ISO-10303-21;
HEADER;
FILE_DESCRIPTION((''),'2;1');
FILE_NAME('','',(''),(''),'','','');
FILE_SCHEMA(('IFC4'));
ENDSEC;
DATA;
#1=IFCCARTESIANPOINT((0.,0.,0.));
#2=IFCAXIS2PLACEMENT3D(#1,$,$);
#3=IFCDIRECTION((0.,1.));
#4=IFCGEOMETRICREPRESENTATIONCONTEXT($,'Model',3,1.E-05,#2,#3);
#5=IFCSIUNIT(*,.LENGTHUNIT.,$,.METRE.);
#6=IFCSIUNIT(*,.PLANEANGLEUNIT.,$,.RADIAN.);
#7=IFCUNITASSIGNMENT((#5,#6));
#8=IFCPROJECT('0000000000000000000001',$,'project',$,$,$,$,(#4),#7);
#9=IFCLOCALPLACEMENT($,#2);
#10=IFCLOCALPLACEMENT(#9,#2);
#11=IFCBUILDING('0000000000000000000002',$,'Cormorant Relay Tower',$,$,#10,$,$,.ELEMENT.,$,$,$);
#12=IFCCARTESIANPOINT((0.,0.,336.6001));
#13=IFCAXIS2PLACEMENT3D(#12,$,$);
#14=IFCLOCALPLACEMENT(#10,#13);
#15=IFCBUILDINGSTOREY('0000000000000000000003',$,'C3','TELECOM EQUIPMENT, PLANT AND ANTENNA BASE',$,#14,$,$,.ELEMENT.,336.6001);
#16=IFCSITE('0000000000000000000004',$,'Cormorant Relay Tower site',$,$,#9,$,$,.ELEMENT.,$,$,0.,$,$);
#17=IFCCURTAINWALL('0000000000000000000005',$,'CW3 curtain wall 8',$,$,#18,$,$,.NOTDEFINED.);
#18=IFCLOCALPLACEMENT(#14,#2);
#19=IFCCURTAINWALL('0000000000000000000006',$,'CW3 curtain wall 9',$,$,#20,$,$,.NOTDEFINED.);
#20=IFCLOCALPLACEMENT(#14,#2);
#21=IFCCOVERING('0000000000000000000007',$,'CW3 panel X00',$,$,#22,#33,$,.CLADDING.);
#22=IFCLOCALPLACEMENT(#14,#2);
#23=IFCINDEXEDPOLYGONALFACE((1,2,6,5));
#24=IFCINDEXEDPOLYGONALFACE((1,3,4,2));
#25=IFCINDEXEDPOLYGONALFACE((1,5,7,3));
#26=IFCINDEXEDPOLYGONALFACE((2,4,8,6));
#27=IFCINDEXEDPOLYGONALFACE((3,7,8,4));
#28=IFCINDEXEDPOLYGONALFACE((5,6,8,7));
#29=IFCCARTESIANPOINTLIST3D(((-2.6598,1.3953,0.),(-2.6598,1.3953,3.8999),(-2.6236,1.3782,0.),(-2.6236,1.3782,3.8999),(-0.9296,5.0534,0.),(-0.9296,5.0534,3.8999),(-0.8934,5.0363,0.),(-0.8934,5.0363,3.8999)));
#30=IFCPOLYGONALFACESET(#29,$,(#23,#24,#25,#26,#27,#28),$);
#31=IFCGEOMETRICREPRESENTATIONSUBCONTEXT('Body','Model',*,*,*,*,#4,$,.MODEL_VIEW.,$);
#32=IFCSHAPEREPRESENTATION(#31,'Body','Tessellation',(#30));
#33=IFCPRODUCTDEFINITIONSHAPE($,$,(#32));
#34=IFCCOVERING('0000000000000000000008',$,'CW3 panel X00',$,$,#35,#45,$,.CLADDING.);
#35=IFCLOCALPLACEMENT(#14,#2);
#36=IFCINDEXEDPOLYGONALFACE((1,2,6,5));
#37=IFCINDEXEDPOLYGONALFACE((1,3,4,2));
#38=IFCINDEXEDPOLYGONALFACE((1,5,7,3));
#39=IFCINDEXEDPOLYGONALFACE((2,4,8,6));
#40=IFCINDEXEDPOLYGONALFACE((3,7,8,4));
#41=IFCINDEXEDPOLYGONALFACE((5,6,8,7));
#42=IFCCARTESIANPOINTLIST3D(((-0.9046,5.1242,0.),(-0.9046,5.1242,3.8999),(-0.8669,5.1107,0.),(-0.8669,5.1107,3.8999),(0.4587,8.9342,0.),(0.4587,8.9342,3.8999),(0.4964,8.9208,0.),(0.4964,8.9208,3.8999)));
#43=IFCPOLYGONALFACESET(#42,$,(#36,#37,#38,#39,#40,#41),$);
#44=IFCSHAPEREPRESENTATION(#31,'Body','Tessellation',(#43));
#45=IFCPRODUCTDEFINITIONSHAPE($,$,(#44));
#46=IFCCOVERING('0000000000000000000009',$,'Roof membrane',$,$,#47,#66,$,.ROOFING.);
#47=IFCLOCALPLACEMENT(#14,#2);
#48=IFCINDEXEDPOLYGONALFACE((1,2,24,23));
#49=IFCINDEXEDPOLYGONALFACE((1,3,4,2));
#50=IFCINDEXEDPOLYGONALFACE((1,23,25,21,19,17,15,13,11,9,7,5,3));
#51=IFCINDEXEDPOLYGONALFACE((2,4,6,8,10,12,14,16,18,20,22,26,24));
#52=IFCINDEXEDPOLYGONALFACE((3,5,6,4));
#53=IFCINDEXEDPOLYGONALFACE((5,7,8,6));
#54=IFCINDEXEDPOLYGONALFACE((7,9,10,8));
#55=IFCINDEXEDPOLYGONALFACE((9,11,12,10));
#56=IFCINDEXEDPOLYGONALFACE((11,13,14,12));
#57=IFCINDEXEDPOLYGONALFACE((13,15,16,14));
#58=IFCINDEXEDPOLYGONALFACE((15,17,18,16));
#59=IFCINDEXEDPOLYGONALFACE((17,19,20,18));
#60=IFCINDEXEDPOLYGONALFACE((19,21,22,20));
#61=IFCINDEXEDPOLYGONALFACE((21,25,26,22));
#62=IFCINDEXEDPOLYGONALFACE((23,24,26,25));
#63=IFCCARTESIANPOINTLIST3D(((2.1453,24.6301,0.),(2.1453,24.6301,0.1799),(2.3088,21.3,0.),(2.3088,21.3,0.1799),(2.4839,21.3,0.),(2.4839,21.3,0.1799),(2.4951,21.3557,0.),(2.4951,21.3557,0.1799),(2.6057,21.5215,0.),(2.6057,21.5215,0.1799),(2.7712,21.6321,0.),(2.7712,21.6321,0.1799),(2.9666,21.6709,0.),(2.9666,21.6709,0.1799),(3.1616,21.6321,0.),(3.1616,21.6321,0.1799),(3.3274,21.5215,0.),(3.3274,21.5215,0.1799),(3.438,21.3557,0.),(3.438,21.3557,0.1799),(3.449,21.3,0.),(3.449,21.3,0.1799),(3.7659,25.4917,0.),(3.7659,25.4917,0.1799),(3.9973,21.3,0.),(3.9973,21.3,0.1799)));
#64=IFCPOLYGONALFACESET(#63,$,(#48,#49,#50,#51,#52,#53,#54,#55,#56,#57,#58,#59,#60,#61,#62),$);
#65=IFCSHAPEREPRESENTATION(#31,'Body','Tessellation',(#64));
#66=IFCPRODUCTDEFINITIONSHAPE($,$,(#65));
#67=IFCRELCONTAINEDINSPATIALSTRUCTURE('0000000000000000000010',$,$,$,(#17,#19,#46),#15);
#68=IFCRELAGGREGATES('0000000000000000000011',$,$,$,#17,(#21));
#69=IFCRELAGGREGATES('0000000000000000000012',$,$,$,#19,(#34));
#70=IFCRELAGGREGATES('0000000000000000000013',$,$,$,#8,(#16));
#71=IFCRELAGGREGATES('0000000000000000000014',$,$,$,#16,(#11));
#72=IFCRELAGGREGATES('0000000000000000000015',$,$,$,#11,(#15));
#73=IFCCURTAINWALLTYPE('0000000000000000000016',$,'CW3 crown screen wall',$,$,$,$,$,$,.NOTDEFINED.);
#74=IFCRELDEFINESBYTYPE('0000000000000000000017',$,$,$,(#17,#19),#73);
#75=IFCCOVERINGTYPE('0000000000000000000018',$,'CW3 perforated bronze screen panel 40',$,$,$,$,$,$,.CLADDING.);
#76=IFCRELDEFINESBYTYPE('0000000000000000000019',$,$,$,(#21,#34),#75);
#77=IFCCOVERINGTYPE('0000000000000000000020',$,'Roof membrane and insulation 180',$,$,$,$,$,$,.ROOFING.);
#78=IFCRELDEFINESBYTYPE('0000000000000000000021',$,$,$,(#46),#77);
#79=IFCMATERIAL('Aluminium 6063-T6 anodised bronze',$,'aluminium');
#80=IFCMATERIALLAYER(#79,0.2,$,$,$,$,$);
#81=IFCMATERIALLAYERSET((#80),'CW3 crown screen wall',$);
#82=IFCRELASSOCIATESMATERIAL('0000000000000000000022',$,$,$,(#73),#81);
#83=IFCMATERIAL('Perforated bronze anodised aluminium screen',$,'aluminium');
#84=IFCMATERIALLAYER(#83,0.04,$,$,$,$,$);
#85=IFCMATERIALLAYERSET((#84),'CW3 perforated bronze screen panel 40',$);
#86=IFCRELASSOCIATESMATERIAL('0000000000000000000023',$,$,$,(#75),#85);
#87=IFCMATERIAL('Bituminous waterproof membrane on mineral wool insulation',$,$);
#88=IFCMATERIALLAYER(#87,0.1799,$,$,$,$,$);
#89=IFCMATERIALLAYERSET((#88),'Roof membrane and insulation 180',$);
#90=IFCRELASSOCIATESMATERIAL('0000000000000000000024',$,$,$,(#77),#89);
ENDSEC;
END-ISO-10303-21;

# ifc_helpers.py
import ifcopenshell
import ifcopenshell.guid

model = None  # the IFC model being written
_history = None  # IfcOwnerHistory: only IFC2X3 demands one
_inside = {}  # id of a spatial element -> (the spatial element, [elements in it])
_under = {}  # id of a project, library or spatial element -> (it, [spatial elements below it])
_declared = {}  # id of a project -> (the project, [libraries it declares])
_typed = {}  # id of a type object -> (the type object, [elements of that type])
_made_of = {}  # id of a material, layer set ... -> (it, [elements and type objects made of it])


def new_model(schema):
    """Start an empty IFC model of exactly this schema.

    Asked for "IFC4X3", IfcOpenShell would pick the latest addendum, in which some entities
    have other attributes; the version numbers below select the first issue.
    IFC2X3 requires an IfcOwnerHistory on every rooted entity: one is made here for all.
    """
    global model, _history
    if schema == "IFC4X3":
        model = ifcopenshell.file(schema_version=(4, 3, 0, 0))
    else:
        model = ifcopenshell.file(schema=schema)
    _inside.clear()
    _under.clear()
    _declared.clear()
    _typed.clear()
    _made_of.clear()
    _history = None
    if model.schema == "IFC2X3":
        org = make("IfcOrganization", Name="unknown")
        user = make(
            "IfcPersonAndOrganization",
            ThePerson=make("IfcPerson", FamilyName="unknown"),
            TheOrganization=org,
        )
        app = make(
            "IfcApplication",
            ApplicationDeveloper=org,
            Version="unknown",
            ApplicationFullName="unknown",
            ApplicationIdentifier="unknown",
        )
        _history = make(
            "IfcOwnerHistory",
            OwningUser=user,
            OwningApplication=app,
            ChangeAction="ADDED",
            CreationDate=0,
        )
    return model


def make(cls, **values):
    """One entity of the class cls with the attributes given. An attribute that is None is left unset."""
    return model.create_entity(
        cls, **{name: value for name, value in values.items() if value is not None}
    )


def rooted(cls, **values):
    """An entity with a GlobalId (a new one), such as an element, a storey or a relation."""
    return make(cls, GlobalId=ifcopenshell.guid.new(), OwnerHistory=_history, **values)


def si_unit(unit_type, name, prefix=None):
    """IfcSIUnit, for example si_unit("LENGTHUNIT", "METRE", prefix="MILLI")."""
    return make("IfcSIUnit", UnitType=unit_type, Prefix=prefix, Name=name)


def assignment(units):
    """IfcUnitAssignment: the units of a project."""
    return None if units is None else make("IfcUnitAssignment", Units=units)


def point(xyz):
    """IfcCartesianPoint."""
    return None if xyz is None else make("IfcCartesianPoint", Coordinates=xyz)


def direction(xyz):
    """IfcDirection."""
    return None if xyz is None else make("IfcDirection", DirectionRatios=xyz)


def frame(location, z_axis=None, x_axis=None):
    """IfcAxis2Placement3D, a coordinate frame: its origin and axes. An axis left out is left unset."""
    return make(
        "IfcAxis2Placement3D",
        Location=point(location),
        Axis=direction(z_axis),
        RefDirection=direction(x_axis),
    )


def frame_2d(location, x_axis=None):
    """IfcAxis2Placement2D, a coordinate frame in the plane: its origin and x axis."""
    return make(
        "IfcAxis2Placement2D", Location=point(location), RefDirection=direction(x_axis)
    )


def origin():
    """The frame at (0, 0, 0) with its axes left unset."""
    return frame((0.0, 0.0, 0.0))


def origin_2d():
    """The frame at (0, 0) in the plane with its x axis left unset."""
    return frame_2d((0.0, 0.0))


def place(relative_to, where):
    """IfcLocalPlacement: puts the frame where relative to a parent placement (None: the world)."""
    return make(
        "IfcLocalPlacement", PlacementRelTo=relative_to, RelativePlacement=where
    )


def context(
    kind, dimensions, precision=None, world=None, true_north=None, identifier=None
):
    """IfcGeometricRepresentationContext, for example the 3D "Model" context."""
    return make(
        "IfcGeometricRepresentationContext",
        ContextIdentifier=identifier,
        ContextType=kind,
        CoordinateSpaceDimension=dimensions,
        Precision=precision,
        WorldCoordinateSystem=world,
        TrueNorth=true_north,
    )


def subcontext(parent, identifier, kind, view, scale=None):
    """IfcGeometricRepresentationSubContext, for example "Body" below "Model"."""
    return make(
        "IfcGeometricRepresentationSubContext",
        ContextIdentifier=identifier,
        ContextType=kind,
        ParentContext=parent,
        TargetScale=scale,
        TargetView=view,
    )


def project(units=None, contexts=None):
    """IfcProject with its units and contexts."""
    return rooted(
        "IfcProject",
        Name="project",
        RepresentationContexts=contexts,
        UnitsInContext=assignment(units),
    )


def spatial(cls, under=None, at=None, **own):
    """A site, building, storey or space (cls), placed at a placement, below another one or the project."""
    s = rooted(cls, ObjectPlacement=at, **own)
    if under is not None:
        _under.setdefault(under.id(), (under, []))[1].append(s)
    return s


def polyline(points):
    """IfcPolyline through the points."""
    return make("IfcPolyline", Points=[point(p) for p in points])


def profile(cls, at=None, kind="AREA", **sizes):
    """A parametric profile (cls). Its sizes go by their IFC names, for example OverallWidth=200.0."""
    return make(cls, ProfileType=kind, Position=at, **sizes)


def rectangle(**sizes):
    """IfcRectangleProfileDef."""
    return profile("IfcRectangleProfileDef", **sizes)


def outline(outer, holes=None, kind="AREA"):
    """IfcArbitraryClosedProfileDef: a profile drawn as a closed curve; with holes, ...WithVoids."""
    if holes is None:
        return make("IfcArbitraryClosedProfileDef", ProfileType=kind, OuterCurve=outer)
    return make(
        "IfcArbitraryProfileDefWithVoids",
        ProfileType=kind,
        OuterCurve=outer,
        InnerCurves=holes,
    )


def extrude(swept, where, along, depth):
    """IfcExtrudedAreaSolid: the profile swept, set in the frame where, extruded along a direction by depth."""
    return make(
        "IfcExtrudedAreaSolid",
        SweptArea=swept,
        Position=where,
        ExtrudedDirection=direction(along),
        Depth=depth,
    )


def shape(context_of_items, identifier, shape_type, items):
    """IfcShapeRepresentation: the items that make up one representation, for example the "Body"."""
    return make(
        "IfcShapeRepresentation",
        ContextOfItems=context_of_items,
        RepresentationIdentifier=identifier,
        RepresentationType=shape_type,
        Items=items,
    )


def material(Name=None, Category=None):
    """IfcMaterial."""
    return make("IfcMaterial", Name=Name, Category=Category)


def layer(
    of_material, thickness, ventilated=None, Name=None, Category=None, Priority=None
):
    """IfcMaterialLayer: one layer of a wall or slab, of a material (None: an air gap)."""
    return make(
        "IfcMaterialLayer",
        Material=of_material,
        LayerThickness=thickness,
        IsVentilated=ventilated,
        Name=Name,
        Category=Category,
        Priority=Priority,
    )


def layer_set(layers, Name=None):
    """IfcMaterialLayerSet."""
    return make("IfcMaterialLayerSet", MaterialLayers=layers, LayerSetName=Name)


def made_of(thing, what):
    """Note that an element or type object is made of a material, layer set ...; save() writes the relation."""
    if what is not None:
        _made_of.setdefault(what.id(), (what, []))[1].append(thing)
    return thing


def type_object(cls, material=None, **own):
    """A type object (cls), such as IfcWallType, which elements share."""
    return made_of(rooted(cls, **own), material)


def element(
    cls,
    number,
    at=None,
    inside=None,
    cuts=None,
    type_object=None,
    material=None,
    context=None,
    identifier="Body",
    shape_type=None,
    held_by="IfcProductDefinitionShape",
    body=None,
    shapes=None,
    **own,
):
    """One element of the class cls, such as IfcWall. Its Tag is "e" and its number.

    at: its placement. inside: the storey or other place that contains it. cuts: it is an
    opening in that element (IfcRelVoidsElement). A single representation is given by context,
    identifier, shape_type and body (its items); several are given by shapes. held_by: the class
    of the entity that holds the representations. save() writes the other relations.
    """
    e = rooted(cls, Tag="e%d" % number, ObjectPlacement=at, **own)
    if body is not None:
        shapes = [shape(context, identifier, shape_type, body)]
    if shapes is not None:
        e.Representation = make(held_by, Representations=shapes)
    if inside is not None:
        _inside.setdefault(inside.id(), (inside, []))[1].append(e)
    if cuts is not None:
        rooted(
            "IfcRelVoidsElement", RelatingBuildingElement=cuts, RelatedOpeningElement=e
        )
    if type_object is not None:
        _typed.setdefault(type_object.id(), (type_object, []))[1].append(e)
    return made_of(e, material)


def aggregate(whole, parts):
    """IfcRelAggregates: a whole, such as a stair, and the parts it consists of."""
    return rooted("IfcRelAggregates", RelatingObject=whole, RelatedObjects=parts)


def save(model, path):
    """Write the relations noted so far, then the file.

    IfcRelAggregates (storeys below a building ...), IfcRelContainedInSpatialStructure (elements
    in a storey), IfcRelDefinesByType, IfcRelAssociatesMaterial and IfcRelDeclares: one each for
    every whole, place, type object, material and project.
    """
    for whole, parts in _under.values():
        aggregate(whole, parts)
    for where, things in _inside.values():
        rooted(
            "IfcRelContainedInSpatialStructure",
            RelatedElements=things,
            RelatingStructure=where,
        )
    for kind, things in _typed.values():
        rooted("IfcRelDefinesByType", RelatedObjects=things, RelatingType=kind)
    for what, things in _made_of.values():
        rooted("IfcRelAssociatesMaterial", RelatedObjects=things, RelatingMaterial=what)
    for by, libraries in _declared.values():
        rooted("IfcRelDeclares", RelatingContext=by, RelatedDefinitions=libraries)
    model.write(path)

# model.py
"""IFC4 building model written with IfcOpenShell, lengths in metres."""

from ifc_helpers import new_model, si_unit, direction, frame, origin, origin_2d, place, context, subcontext, project, spatial, polyline, rectangle, outline, extrude, material, layer, layer_set, type_object, element, aggregate, save


model = new_model("IFC4")

# Units and contexts
model_context = context("Model", 3, precision=1e-05, world=origin(), true_north=direction((0.0, 1.0)))
body_context = subcontext(model_context, "Body", "Model", "MODEL_VIEW")
ifc_project = project(units=[si_unit("LENGTHUNIT", "METRE"), si_unit("PLANEANGLEUNIT", "RADIAN")], contexts=[model_context])

# Site, building, storey
site_placement = place(None, origin())
site = spatial("IfcSite", under=ifc_project, at=site_placement, Name="Cormorant Relay Tower site", CompositionType="ELEMENT", RefElevation=0.0)
building_placement = place(site_placement, origin())
building = spatial("IfcBuilding", under=site, at=building_placement, Name="Cormorant Relay Tower", CompositionType="ELEMENT")
storey_placement = place(building_placement, frame((0.0, 0.0, 336.6001)))
storey = spatial("IfcBuildingStorey", under=building, at=storey_placement, Name="C3", Description="TELECOM EQUIPMENT, PLANT AND ANTENNA BASE", CompositionType="ELEMENT", Elevation=336.6001)

# Curtain walls
ifc_material_1 = material(Name="Aluminium 6063-T6 anodised bronze", Category="aluminium")
ifc_layer_1 = layer(ifc_material_1, 0.2)
ifc_layer_set_1 = layer_set([ifc_layer_1], Name="CW3 crown screen wall")
curtain_wall_type = type_object("IfcCurtainWallType", Name="CW3 crown screen wall", PredefinedType="NOTDEFINED", material=ifc_layer_set_1)
curtain_wall_1_placement = place(storey_placement, origin())
curtain_wall_1 = element("IfcCurtainWall", 1, at=curtain_wall_1_placement, inside=storey, type_object=curtain_wall_type, Name="CW3 curtain wall 8", PredefinedType="NOTDEFINED")
curtain_wall_2_placement = place(storey_placement, origin())
curtain_wall_2 = element("IfcCurtainWall", 2, at=curtain_wall_2_placement, inside=storey, type_object=curtain_wall_type, Name="CW3 curtain wall 9", PredefinedType="NOTDEFINED")

# Coverings
ifc_material_2 = material(Name="Perforated bronze anodised aluminium screen", Category="aluminium")
ifc_layer_2 = layer(ifc_material_2, 0.04)
ifc_layer_set_2 = layer_set([ifc_layer_2], Name="CW3 perforated bronze screen panel 40")
covering_type_1 = type_object("IfcCoveringType", Name="CW3 perforated bronze screen panel 40", PredefinedType="CLADDING", material=ifc_layer_set_2)
covering_1_placement = place(storey_placement, frame((-1.7766, 3.2158, 0.0), z_axis=(0.0, 0.0, 1.0), x_axis=(0.427555, 0.903989, 0.0)))
covering_1 = element("IfcCovering", 3, at=covering_1_placement, type_object=covering_type_1, Name="CW3 panel X00", PredefinedType="CLADDING", context=body_context, shape_type="SweptSolid", body=[
    extrude(rectangle(XDim=4.0466, YDim=0.04, at=origin_2d()), origin(), (0.0, 0.0, 1.0), 3.8999),
])
aggregate(curtain_wall_1, [covering_1])
covering_2_placement = place(storey_placement, frame((-0.2041, 7.0225, 0.0), z_axis=(0.0, 0.0, 1.0), x_axis=(0.33689, 0.941544, 0.0)))
covering_2 = element("IfcCovering", 4, at=covering_2_placement, type_object=covering_type_1, Name="CW3 panel X00", PredefinedType="CLADDING", context=body_context, shape_type="SweptSolid", body=[
    extrude(rectangle(XDim=4.0466, YDim=0.04, at=origin_2d()), origin(), (0.0, 0.0, 1.0), 3.8999),
])
aggregate(curtain_wall_2, [covering_2])

# Covering
ifc_material_3 = material(Name="Bituminous waterproof membrane on mineral wool insulation")
ifc_layer_3 = layer(ifc_material_3, 0.1799)
ifc_layer_set_3 = layer_set([ifc_layer_3], Name="Roof membrane and insulation 180")
covering_type_2 = type_object("IfcCoveringType", Name="Roof membrane and insulation 180", PredefinedType="ROOFING", material=ifc_layer_set_3)
covering_3_placement = place(storey_placement, origin())
element("IfcCovering", 5, at=covering_3_placement, inside=storey, type_object=covering_type_2, Name="Roof membrane", PredefinedType="ROOFING", context=body_context, shape_type="SweptSolid", body=[
    extrude(outline(polyline([(2.3088, 21.3), (2.1453, 24.6301), (3.7659, 25.4917), (3.9973, 21.3), (3.449, 21.3), (3.438, 21.3557), (3.3274, 21.5215), (3.1616, 21.6321), (2.9666, 21.6709), (2.7712, 21.6321), (2.6057, 21.5215), (2.4951, 21.3557), (2.4839, 21.3), (2.3088, 21.3)])), origin(), (0.0, 0.0, 1.0), 0.1799),
])

save(model, "model.ifc")
